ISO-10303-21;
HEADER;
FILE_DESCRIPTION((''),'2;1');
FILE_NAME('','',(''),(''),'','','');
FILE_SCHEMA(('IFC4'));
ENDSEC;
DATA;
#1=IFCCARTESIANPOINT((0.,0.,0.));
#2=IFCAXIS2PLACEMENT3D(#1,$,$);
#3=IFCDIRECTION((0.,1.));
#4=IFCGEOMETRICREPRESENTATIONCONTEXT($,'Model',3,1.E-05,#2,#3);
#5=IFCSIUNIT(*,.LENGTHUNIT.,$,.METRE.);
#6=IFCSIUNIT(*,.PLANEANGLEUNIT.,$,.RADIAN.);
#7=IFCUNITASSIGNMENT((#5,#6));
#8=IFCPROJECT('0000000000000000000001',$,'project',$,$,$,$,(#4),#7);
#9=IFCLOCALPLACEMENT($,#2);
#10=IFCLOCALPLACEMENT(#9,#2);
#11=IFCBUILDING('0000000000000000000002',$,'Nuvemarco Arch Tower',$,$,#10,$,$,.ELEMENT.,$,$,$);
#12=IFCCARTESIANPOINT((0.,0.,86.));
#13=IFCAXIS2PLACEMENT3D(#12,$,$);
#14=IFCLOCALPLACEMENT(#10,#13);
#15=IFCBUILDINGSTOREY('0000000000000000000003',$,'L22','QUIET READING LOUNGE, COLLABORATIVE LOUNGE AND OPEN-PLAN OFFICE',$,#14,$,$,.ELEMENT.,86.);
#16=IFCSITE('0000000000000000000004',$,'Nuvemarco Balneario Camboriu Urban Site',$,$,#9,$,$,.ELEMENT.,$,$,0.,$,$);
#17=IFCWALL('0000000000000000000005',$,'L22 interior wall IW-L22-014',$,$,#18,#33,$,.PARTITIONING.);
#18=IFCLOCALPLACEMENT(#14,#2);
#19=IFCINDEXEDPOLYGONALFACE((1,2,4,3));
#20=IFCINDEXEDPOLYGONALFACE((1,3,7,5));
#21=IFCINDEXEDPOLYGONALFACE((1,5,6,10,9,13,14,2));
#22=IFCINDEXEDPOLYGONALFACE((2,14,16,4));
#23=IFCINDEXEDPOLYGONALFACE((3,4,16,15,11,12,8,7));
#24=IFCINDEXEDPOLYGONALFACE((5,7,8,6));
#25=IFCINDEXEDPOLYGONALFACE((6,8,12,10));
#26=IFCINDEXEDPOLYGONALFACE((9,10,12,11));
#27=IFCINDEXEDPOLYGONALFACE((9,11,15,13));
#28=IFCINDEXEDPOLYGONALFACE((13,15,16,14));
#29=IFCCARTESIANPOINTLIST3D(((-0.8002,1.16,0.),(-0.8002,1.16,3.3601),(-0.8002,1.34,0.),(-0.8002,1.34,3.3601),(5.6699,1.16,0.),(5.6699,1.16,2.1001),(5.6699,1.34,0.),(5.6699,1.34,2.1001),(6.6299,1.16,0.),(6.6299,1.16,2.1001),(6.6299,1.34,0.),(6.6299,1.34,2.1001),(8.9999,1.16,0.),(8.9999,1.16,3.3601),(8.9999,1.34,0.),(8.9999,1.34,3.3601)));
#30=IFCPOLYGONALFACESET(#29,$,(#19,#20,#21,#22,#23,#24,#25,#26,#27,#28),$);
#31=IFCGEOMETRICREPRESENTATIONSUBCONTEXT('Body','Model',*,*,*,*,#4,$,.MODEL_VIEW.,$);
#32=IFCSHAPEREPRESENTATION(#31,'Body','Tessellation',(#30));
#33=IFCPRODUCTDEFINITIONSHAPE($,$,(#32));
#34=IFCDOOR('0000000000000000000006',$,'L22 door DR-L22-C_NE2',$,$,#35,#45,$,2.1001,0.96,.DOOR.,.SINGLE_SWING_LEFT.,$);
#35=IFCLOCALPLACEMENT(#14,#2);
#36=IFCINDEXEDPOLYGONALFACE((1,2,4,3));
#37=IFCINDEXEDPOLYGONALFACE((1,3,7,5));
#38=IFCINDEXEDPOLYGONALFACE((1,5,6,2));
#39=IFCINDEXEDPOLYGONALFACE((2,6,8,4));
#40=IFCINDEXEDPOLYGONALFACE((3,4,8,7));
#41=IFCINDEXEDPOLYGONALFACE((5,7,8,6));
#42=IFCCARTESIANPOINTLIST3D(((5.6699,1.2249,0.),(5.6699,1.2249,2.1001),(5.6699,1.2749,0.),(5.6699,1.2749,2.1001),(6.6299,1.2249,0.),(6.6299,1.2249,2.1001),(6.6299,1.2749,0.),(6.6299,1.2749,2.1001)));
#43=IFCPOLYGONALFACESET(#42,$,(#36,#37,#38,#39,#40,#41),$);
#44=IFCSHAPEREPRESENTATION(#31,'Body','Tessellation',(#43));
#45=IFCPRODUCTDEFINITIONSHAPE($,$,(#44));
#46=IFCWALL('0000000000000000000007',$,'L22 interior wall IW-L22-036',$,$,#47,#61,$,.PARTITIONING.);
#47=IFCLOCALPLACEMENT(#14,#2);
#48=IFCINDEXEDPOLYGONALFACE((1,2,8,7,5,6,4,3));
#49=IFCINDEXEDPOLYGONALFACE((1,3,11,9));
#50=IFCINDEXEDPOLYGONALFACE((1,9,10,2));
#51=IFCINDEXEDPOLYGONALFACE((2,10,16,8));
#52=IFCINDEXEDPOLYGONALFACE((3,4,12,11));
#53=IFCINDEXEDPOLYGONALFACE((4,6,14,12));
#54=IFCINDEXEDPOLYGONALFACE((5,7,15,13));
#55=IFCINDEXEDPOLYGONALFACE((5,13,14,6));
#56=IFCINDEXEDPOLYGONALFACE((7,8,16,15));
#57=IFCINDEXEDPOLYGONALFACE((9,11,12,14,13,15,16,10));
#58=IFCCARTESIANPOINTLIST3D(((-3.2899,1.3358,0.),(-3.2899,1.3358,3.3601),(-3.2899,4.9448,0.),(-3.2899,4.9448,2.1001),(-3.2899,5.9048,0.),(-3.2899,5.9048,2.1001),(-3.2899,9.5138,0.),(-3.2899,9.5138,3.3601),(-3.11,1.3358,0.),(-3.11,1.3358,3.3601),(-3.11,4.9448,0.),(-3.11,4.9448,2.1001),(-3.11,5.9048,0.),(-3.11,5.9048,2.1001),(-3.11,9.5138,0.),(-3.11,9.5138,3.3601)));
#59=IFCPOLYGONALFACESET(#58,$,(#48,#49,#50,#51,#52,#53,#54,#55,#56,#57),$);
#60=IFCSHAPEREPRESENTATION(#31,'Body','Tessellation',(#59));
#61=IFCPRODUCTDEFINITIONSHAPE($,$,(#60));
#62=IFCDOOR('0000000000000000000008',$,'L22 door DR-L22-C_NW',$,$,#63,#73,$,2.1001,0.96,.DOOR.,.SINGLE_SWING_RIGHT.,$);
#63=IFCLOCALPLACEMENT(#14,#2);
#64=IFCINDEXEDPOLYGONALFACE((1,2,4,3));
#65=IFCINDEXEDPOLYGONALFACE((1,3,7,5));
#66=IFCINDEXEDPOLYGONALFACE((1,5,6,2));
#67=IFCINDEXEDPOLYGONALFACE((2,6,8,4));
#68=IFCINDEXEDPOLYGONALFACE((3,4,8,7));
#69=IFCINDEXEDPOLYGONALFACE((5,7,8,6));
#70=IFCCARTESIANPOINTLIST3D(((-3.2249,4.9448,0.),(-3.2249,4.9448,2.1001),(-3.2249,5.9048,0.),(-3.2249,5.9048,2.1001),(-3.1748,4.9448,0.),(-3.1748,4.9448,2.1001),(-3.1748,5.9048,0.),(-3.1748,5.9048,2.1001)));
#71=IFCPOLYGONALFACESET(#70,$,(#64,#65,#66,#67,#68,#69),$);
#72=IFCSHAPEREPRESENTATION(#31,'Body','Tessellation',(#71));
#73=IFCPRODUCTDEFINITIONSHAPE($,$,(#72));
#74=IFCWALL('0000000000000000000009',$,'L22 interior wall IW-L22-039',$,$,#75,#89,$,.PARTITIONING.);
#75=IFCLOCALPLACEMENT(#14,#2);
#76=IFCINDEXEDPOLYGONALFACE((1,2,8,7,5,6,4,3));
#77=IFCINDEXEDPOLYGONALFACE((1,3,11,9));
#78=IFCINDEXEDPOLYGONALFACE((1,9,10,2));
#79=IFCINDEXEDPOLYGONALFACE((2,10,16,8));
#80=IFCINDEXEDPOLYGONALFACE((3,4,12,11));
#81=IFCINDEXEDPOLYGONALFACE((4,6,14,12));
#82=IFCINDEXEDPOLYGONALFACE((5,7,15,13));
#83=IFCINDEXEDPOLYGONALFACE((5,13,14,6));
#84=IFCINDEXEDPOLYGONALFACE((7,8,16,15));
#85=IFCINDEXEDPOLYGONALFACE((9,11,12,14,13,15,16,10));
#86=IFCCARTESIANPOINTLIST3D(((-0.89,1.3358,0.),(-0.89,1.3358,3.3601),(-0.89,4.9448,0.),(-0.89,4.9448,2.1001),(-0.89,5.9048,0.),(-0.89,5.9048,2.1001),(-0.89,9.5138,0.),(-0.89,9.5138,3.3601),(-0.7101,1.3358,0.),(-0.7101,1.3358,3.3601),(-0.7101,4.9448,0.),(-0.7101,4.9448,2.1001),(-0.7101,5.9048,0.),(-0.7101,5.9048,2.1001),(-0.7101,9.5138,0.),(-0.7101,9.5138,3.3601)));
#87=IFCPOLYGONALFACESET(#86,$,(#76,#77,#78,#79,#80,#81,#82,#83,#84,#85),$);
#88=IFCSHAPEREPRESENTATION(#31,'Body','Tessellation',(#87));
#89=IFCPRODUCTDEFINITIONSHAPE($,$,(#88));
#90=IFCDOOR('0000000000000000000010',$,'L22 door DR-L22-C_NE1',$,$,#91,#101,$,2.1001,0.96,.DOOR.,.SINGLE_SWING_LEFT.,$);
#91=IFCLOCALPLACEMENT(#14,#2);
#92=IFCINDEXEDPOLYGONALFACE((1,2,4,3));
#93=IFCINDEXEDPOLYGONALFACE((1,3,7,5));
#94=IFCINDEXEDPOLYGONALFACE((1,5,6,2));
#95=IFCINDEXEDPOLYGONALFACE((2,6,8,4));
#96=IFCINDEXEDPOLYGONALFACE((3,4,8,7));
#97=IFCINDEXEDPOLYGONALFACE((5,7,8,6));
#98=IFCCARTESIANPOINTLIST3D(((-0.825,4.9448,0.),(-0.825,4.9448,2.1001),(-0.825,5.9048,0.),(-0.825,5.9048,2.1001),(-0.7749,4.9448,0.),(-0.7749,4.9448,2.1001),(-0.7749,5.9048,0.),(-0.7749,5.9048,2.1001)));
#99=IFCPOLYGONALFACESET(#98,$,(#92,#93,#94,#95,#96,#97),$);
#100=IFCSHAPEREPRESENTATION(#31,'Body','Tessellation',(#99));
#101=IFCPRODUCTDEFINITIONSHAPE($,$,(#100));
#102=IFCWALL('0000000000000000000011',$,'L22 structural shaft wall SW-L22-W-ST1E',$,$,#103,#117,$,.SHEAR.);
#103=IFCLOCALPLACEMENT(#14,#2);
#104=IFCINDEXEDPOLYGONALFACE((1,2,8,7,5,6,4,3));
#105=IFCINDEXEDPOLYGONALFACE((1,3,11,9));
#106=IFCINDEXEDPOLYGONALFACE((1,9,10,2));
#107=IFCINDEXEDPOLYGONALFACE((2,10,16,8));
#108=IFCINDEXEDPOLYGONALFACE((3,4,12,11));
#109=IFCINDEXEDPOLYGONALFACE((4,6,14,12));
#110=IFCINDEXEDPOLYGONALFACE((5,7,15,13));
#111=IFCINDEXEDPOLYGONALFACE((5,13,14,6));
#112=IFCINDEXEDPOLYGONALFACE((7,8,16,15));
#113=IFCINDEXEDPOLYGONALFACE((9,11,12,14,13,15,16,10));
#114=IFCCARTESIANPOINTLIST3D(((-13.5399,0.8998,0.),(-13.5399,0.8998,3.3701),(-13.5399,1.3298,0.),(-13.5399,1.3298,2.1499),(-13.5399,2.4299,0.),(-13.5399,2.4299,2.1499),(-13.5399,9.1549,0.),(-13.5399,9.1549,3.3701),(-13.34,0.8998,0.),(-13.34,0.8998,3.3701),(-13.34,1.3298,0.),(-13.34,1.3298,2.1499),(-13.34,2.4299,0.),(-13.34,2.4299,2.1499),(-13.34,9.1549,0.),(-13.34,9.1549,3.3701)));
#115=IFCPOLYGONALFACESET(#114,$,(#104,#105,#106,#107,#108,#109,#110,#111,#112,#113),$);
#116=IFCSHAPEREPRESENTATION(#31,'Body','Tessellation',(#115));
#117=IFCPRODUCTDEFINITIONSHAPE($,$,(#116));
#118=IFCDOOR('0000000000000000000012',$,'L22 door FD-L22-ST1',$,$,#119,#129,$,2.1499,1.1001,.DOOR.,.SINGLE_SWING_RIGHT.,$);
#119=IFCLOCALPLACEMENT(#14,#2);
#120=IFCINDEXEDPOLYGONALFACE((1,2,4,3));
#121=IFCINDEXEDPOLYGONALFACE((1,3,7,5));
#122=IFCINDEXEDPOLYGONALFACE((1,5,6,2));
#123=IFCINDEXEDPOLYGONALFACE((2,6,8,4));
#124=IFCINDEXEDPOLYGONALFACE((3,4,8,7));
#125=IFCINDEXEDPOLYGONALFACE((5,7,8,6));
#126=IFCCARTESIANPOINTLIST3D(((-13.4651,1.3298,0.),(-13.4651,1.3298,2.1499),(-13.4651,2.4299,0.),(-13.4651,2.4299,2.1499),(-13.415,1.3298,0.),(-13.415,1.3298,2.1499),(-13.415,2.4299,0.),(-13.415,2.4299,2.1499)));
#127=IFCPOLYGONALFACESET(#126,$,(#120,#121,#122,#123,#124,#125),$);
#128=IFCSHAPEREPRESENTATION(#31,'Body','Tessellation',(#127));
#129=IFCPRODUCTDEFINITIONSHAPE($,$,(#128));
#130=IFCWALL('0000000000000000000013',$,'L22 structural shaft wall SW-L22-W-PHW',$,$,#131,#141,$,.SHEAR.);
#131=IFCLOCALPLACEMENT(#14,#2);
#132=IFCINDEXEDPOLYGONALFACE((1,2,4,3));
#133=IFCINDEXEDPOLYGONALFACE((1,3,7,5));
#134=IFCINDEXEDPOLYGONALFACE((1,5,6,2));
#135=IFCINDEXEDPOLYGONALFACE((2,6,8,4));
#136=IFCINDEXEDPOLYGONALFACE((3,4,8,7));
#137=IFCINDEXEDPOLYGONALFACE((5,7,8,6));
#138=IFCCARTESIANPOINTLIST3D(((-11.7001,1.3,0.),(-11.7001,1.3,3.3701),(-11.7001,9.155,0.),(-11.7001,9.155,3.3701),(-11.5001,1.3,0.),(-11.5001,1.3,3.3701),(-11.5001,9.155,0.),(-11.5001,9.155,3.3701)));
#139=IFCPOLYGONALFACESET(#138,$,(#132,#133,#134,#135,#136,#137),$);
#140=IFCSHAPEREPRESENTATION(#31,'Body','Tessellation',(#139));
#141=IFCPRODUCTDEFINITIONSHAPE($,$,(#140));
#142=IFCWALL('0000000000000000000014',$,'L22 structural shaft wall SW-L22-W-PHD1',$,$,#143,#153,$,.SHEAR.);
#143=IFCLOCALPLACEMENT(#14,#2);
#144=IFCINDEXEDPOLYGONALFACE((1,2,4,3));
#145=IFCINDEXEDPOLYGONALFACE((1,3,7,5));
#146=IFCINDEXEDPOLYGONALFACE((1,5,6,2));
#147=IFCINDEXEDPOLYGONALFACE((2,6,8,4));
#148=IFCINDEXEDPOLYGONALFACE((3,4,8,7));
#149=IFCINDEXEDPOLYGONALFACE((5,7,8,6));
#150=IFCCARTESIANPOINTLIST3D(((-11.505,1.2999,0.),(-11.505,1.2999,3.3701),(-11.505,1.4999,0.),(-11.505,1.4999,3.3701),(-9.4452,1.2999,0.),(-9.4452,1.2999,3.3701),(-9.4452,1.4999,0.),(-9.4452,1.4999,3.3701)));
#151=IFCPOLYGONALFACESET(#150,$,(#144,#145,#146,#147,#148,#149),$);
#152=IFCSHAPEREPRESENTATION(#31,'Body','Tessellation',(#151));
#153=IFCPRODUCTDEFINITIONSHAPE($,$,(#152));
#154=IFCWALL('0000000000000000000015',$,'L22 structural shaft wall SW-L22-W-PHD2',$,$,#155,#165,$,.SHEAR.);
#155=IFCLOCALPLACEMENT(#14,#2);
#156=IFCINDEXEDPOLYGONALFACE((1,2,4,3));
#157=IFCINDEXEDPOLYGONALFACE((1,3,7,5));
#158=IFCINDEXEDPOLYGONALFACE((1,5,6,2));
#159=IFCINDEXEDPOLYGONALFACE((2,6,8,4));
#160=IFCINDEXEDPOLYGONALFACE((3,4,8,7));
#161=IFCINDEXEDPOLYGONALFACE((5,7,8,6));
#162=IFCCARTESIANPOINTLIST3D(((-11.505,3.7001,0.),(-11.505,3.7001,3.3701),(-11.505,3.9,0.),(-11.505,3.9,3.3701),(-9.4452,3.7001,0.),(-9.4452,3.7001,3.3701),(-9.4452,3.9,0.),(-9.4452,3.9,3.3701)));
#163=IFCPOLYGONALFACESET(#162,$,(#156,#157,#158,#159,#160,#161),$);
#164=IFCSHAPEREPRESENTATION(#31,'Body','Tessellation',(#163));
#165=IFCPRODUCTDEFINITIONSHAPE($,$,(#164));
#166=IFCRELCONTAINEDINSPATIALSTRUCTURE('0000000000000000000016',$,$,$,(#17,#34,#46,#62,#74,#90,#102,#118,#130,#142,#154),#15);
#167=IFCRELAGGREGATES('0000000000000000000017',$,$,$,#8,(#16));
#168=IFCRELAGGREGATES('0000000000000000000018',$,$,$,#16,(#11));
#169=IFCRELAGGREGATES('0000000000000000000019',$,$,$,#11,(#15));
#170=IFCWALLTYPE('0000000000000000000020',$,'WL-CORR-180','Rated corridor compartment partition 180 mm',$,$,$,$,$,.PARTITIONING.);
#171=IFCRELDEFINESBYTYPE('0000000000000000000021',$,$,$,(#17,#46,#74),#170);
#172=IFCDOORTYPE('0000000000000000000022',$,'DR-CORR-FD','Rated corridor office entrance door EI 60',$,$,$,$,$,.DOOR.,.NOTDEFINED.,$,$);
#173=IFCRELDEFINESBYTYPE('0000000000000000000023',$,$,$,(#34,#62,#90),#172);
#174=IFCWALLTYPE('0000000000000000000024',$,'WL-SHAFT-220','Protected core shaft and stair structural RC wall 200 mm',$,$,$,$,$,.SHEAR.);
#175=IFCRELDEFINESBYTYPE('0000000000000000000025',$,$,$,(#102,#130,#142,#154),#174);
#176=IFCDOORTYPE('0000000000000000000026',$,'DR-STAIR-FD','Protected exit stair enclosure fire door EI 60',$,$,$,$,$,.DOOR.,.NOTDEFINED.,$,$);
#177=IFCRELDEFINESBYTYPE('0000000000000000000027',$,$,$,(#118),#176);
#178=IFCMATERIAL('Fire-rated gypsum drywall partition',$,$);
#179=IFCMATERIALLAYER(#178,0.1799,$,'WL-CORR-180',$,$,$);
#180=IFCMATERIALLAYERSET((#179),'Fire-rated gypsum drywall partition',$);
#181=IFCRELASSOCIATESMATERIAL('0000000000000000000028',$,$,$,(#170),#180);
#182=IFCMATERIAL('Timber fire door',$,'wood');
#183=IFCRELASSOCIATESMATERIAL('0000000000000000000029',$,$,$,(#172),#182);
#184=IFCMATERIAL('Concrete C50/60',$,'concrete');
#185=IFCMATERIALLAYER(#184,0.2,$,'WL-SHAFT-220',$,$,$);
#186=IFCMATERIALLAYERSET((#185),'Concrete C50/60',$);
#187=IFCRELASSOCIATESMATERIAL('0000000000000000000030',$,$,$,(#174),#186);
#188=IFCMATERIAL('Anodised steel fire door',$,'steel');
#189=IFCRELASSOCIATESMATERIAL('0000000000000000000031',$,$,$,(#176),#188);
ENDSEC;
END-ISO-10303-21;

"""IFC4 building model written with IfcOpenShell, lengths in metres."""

from ifc_helpers import new_model, si_unit, direction, frame, frame_2d, origin, place, context, subcontext, project, spatial, rectangle, extrude, source, transform, mapped, material, layer, layer_set, type_object, type_shapes, element, fill, save


model = new_model("IFC4")

# Units and contexts
model_context = context("Model", 3, precision=1e-05, world=origin(), true_north=direction((0.0, 1.0)))
body_context = subcontext(model_context, "Body", "Model", "MODEL_VIEW")
ifc_project = project(units=[si_unit("LENGTHUNIT", "METRE"), si_unit("PLANEANGLEUNIT", "RADIAN")], contexts=[model_context])

# Site, building, storey
site_placement = place(None, origin())
site = spatial("IfcSite", under=ifc_project, at=site_placement, Name="Nuvemarco Balneario Camboriu Urban Site", CompositionType="ELEMENT", RefElevation=0.0)
building_placement = place(site_placement, origin())
building = spatial("IfcBuilding", under=site, at=building_placement, Name="Nuvemarco Arch Tower", CompositionType="ELEMENT")
storey_placement = place(building_placement, frame((0.0, 0.0, 86.0)))
storey = spatial("IfcBuildingStorey", under=building, at=storey_placement, Name="L22", Description="QUIET READING LOUNGE, COLLABORATIVE LOUNGE AND OPEN-PLAN OFFICE", CompositionType="ELEMENT", Elevation=86.0)

# Shared definitions
ifc_material_1 = material(Name="Concrete C50/60", Category="concrete")

# Shared definitions
ifc_material_2 = material(Name="Fire-rated gypsum drywall partition")
ifc_layer_1 = layer(ifc_material_2, 0.1799, Name="WL-CORR-180")
ifc_layer_set_1 = layer_set([ifc_layer_1], Name="Fire-rated gypsum drywall partition")
wall_type_1 = type_object("IfcWallType", Name="WL-CORR-180", Description="Rated corridor compartment partition 180 mm", PredefinedType="PARTITIONING", material=ifc_layer_set_1)

# Walls, openings, doors
wall_1_placement = place(storey_placement, frame((-0.8, 1.25, 0.0), z_axis=(0.0, 0.0, 1.0), x_axis=(1.0, 0.0, 0.0)))
wall_1 = element("IfcWall", 1, at=wall_1_placement, inside=storey, type_object=wall_type_1, Name="L22 interior wall IW-L22-014", PredefinedType="PARTITIONING", context=body_context, shape_type="SweptSolid", body=[
    extrude(rectangle(XDim=9.8, YDim=0.1799, at=frame_2d((4.8999, 0.0))), origin(), (0.0, 0.0, 1.0), 3.3601),
])
opening_1_placement = place(wall_1_placement, frame((6.47, 0.0, 0.0)))
opening_1 = element("IfcOpeningElement", 2, at=opening_1_placement, cuts=wall_1, PredefinedType="OPENING", context=body_context, shape_type="SweptSolid", body=[
    extrude(rectangle(XDim=0.96, YDim=2.1001, at=frame_2d((0.48, 1.05))), frame((0.0, 0.0999, 0.0), z_axis=(0.0, -1.0, 0.0), x_axis=(1.0, 0.0, 0.0)), (0.0, 0.0, 1.0), 0.2),
])
ifc_material_3 = material(Name="Timber fire door", Category="wood")
door_type_1 = type_object("IfcDoorType", Name="DR-CORR-FD", Description="Rated corridor office entrance door EI 60", OperationType="NOTDEFINED", PredefinedType="DOOR", material=ifc_material_3)
shared_shape_1 = source(origin(), body_context, "Body", "SweptSolid", [
    extrude(rectangle(XDim=0.96, YDim=2.1001, at=frame_2d((0.48, 1.05))), frame((0.0, 0.0249, 0.0), z_axis=(0.0, -1.0, 0.0), x_axis=(1.0, 0.0, 0.0)), (0.0, 0.0, 1.0), 0.05),
])
type_shapes(door_type_1, [shared_shape_1])
door_1_placement = place(opening_1_placement, origin())
door_1 = element("IfcDoor", 3, at=door_1_placement, inside=storey, type_object=door_type_1, Name="L22 door DR-L22-C_NE2", OperationType="SINGLE_SWING_LEFT", OverallHeight=2.1001, OverallWidth=0.96, PredefinedType="DOOR", context=body_context, shape_type="MappedRepresentation", body=[
    mapped(shared_shape_1, transform((0.0, 0.0, 0.0), scale=1.0)),
])
fill(opening_1, door_1)
wall_2_placement = place(storey_placement, frame((-3.2, 1.3359, 0.0), z_axis=(0.0, 0.0, 1.0), x_axis=(0.0, 1.0, 0.0)))
wall_2 = element("IfcWall", 4, at=wall_2_placement, inside=storey, type_object=wall_type_1, Name="L22 interior wall IW-L22-036", PredefinedType="PARTITIONING", context=body_context, shape_type="SweptSolid", body=[
    extrude(rectangle(XDim=8.178, YDim=0.1799, at=frame_2d((4.0889, 0.0))), origin(), (0.0, 0.0, 1.0), 3.3601),
])
opening_2_placement = place(wall_2_placement, frame((3.6089, 0.0, 0.0)))
opening_2 = element("IfcOpeningElement", 5, at=opening_2_placement, cuts=wall_2, PredefinedType="OPENING", context=body_context, shape_type="SweptSolid", body=[
    extrude(rectangle(XDim=0.96, YDim=2.1001, at=frame_2d((0.48, 1.05))), frame((0.0, 0.0999, 0.0), z_axis=(0.0, -1.0, 0.0), x_axis=(1.0, 0.0, 0.0)), (0.0, 0.0, 1.0), 0.2),
])
door_2_placement = place(opening_2_placement, origin())
door_2 = element("IfcDoor", 6, at=door_2_placement, inside=storey, type_object=door_type_1, Name="L22 door DR-L22-C_NW", OperationType="SINGLE_SWING_RIGHT", OverallHeight=2.1001, OverallWidth=0.96, PredefinedType="DOOR", context=body_context, shape_type="MappedRepresentation", body=[
    mapped(shared_shape_1, transform((0.0, 0.0, 0.0), scale=1.0)),
])
fill(opening_2, door_2)
wall_3_placement = place(storey_placement, frame((-0.8, 1.3359, 0.0), z_axis=(0.0, 0.0, 1.0), x_axis=(0.0, 1.0, 0.0)))
wall_3 = element("IfcWall", 7, at=wall_3_placement, inside=storey, type_object=wall_type_1, Name="L22 interior wall IW-L22-039", PredefinedType="PARTITIONING", context=body_context, shape_type="SweptSolid", body=[
    extrude(rectangle(XDim=8.178, YDim=0.1799, at=frame_2d((4.0889, 0.0))), origin(), (0.0, 0.0, 1.0), 3.3601),
])
opening_3_placement = place(wall_3_placement, frame((3.6089, 0.0, 0.0)))
opening_3 = element("IfcOpeningElement", 8, at=opening_3_placement, cuts=wall_3, PredefinedType="OPENING", context=body_context, shape_type="SweptSolid", body=[
    extrude(rectangle(XDim=0.96, YDim=2.1001, at=frame_2d((0.48, 1.05))), frame((0.0, 0.0999, 0.0), z_axis=(0.0, -1.0, 0.0), x_axis=(1.0, 0.0, 0.0)), (0.0, 0.0, 1.0), 0.2),
])
door_3_placement = place(opening_3_placement, origin())
door_3 = element("IfcDoor", 9, at=door_3_placement, inside=storey, type_object=door_type_1, Name="L22 door DR-L22-C_NE1", OperationType="SINGLE_SWING_LEFT", OverallHeight=2.1001, OverallWidth=0.96, PredefinedType="DOOR", context=body_context, shape_type="MappedRepresentation", body=[
    mapped(shared_shape_1, transform((0.0, 0.0, 0.0), scale=1.0)),
])
fill(opening_3, door_3)
ifc_layer_2 = layer(ifc_material_1, 0.2, Name="WL-SHAFT-220")
ifc_layer_set_2 = layer_set([ifc_layer_2], Name="Concrete C50/60")
wall_type_2 = type_object("IfcWallType", Name="WL-SHAFT-220", Description="Protected core shaft and stair structural RC wall 200 mm", PredefinedType="SHEAR", material=ifc_layer_set_2)
wall_4_placement = place(storey_placement, frame((-13.4399, 0.8999, 0.0), z_axis=(0.0, 0.0, 1.0), x_axis=(0.0, 1.0, 0.0)))
wall_4 = element("IfcWall", 10, at=wall_4_placement, inside=storey, type_object=wall_type_2, Name="L22 structural shaft wall SW-L22-W-ST1E", PredefinedType="SHEAR", context=body_context, shape_type="SweptSolid", body=[
    extrude(rectangle(XDim=8.2551, YDim=0.2, at=frame_2d((4.1274, 0.0))), origin(), (0.0, 0.0, 1.0), 3.3701),
])
opening_4_placement = place(wall_4_placement, frame((1.53, 0.0, 0.0), z_axis=(0.0, 0.0, 1.0), x_axis=(-1.0, 0.0, 0.0)))
opening_4 = element("IfcOpeningElement", 11, at=opening_4_placement, cuts=wall_4, PredefinedType="OPENING", context=body_context, shape_type="SweptSolid", body=[
    extrude(rectangle(XDim=1.1001, YDim=2.1499, at=frame_2d((0.55, 1.075))), frame((0.0, 0.1099, 0.0), z_axis=(0.0, -1.0, 0.0), x_axis=(1.0, 0.0, 0.0)), (0.0, 0.0, 1.0), 0.22),
])
ifc_material_4 = material(Name="Anodised steel fire door", Category="steel")
door_type_2 = type_object("IfcDoorType", Name="DR-STAIR-FD", Description="Protected exit stair enclosure fire door EI 60", OperationType="NOTDEFINED", PredefinedType="DOOR", material=ifc_material_4)
shared_shape_2 = source(origin(), body_context, "Body", "SweptSolid", [
    extrude(rectangle(XDim=1.1001, YDim=2.1499, at=frame_2d((0.55, 1.075))), frame((0.0, 0.0249, 0.0), z_axis=(0.0, -1.0, 0.0), x_axis=(1.0, 0.0, 0.0)), (0.0, 0.0, 1.0), 0.05),
])
type_shapes(door_type_2, [shared_shape_2])
door_4_placement = place(opening_4_placement, origin())
door_4 = element("IfcDoor", 12, at=door_4_placement, inside=storey, type_object=door_type_2, Name="L22 door FD-L22-ST1", OperationType="SINGLE_SWING_RIGHT", OverallHeight=2.1499, OverallWidth=1.1001, PredefinedType="DOOR", context=body_context, shape_type="MappedRepresentation", body=[
    mapped(shared_shape_2, transform((0.0, 0.0, 0.0), scale=1.0)),
])
fill(opening_4, door_4)

# Walls
wall_5_placement = place(storey_placement, frame((-11.6001, 1.3, 0.0), z_axis=(0.0, 0.0, 1.0), x_axis=(0.0, 1.0, 0.0)))
element("IfcWall", 13, at=wall_5_placement, inside=storey, type_object=wall_type_2, Name="L22 structural shaft wall SW-L22-W-PHW", PredefinedType="SHEAR", context=body_context, shape_type="SweptSolid", body=[
    extrude(rectangle(XDim=7.855, YDim=0.2, at=frame_2d((3.9275, 0.0))), origin(), (0.0, 0.0, 1.0), 3.3701),
])
for number, where, z_axis, x_axis, name in (
    (14, (-11.5049, 1.3999, 0.0), (0.0, 0.0, 1.0), (1.0, 0.0, 0.0), "L22 structural shaft wall SW-L22-W-PHD1"),
    (15, (-11.5049, 3.8, 0.0), (0.0, 0.0, 1.0), (1.0, 0.0, 0.0), "L22 structural shaft wall SW-L22-W-PHD2"),
):
    element("IfcWall", number, at=place(storey_placement, frame(where, z_axis=z_axis, x_axis=x_axis)), inside=storey, type_object=wall_type_2, Name=name, PredefinedType="SHEAR", context=body_context, shape_type="SweptSolid", body=[
        extrude(rectangle(XDim=2.0598, YDim=0.2, at=frame_2d((1.0298, 0.0))), origin(), (0.0, 0.0, 1.0), 3.3701),
    ])

save(model, "model.ifc")
